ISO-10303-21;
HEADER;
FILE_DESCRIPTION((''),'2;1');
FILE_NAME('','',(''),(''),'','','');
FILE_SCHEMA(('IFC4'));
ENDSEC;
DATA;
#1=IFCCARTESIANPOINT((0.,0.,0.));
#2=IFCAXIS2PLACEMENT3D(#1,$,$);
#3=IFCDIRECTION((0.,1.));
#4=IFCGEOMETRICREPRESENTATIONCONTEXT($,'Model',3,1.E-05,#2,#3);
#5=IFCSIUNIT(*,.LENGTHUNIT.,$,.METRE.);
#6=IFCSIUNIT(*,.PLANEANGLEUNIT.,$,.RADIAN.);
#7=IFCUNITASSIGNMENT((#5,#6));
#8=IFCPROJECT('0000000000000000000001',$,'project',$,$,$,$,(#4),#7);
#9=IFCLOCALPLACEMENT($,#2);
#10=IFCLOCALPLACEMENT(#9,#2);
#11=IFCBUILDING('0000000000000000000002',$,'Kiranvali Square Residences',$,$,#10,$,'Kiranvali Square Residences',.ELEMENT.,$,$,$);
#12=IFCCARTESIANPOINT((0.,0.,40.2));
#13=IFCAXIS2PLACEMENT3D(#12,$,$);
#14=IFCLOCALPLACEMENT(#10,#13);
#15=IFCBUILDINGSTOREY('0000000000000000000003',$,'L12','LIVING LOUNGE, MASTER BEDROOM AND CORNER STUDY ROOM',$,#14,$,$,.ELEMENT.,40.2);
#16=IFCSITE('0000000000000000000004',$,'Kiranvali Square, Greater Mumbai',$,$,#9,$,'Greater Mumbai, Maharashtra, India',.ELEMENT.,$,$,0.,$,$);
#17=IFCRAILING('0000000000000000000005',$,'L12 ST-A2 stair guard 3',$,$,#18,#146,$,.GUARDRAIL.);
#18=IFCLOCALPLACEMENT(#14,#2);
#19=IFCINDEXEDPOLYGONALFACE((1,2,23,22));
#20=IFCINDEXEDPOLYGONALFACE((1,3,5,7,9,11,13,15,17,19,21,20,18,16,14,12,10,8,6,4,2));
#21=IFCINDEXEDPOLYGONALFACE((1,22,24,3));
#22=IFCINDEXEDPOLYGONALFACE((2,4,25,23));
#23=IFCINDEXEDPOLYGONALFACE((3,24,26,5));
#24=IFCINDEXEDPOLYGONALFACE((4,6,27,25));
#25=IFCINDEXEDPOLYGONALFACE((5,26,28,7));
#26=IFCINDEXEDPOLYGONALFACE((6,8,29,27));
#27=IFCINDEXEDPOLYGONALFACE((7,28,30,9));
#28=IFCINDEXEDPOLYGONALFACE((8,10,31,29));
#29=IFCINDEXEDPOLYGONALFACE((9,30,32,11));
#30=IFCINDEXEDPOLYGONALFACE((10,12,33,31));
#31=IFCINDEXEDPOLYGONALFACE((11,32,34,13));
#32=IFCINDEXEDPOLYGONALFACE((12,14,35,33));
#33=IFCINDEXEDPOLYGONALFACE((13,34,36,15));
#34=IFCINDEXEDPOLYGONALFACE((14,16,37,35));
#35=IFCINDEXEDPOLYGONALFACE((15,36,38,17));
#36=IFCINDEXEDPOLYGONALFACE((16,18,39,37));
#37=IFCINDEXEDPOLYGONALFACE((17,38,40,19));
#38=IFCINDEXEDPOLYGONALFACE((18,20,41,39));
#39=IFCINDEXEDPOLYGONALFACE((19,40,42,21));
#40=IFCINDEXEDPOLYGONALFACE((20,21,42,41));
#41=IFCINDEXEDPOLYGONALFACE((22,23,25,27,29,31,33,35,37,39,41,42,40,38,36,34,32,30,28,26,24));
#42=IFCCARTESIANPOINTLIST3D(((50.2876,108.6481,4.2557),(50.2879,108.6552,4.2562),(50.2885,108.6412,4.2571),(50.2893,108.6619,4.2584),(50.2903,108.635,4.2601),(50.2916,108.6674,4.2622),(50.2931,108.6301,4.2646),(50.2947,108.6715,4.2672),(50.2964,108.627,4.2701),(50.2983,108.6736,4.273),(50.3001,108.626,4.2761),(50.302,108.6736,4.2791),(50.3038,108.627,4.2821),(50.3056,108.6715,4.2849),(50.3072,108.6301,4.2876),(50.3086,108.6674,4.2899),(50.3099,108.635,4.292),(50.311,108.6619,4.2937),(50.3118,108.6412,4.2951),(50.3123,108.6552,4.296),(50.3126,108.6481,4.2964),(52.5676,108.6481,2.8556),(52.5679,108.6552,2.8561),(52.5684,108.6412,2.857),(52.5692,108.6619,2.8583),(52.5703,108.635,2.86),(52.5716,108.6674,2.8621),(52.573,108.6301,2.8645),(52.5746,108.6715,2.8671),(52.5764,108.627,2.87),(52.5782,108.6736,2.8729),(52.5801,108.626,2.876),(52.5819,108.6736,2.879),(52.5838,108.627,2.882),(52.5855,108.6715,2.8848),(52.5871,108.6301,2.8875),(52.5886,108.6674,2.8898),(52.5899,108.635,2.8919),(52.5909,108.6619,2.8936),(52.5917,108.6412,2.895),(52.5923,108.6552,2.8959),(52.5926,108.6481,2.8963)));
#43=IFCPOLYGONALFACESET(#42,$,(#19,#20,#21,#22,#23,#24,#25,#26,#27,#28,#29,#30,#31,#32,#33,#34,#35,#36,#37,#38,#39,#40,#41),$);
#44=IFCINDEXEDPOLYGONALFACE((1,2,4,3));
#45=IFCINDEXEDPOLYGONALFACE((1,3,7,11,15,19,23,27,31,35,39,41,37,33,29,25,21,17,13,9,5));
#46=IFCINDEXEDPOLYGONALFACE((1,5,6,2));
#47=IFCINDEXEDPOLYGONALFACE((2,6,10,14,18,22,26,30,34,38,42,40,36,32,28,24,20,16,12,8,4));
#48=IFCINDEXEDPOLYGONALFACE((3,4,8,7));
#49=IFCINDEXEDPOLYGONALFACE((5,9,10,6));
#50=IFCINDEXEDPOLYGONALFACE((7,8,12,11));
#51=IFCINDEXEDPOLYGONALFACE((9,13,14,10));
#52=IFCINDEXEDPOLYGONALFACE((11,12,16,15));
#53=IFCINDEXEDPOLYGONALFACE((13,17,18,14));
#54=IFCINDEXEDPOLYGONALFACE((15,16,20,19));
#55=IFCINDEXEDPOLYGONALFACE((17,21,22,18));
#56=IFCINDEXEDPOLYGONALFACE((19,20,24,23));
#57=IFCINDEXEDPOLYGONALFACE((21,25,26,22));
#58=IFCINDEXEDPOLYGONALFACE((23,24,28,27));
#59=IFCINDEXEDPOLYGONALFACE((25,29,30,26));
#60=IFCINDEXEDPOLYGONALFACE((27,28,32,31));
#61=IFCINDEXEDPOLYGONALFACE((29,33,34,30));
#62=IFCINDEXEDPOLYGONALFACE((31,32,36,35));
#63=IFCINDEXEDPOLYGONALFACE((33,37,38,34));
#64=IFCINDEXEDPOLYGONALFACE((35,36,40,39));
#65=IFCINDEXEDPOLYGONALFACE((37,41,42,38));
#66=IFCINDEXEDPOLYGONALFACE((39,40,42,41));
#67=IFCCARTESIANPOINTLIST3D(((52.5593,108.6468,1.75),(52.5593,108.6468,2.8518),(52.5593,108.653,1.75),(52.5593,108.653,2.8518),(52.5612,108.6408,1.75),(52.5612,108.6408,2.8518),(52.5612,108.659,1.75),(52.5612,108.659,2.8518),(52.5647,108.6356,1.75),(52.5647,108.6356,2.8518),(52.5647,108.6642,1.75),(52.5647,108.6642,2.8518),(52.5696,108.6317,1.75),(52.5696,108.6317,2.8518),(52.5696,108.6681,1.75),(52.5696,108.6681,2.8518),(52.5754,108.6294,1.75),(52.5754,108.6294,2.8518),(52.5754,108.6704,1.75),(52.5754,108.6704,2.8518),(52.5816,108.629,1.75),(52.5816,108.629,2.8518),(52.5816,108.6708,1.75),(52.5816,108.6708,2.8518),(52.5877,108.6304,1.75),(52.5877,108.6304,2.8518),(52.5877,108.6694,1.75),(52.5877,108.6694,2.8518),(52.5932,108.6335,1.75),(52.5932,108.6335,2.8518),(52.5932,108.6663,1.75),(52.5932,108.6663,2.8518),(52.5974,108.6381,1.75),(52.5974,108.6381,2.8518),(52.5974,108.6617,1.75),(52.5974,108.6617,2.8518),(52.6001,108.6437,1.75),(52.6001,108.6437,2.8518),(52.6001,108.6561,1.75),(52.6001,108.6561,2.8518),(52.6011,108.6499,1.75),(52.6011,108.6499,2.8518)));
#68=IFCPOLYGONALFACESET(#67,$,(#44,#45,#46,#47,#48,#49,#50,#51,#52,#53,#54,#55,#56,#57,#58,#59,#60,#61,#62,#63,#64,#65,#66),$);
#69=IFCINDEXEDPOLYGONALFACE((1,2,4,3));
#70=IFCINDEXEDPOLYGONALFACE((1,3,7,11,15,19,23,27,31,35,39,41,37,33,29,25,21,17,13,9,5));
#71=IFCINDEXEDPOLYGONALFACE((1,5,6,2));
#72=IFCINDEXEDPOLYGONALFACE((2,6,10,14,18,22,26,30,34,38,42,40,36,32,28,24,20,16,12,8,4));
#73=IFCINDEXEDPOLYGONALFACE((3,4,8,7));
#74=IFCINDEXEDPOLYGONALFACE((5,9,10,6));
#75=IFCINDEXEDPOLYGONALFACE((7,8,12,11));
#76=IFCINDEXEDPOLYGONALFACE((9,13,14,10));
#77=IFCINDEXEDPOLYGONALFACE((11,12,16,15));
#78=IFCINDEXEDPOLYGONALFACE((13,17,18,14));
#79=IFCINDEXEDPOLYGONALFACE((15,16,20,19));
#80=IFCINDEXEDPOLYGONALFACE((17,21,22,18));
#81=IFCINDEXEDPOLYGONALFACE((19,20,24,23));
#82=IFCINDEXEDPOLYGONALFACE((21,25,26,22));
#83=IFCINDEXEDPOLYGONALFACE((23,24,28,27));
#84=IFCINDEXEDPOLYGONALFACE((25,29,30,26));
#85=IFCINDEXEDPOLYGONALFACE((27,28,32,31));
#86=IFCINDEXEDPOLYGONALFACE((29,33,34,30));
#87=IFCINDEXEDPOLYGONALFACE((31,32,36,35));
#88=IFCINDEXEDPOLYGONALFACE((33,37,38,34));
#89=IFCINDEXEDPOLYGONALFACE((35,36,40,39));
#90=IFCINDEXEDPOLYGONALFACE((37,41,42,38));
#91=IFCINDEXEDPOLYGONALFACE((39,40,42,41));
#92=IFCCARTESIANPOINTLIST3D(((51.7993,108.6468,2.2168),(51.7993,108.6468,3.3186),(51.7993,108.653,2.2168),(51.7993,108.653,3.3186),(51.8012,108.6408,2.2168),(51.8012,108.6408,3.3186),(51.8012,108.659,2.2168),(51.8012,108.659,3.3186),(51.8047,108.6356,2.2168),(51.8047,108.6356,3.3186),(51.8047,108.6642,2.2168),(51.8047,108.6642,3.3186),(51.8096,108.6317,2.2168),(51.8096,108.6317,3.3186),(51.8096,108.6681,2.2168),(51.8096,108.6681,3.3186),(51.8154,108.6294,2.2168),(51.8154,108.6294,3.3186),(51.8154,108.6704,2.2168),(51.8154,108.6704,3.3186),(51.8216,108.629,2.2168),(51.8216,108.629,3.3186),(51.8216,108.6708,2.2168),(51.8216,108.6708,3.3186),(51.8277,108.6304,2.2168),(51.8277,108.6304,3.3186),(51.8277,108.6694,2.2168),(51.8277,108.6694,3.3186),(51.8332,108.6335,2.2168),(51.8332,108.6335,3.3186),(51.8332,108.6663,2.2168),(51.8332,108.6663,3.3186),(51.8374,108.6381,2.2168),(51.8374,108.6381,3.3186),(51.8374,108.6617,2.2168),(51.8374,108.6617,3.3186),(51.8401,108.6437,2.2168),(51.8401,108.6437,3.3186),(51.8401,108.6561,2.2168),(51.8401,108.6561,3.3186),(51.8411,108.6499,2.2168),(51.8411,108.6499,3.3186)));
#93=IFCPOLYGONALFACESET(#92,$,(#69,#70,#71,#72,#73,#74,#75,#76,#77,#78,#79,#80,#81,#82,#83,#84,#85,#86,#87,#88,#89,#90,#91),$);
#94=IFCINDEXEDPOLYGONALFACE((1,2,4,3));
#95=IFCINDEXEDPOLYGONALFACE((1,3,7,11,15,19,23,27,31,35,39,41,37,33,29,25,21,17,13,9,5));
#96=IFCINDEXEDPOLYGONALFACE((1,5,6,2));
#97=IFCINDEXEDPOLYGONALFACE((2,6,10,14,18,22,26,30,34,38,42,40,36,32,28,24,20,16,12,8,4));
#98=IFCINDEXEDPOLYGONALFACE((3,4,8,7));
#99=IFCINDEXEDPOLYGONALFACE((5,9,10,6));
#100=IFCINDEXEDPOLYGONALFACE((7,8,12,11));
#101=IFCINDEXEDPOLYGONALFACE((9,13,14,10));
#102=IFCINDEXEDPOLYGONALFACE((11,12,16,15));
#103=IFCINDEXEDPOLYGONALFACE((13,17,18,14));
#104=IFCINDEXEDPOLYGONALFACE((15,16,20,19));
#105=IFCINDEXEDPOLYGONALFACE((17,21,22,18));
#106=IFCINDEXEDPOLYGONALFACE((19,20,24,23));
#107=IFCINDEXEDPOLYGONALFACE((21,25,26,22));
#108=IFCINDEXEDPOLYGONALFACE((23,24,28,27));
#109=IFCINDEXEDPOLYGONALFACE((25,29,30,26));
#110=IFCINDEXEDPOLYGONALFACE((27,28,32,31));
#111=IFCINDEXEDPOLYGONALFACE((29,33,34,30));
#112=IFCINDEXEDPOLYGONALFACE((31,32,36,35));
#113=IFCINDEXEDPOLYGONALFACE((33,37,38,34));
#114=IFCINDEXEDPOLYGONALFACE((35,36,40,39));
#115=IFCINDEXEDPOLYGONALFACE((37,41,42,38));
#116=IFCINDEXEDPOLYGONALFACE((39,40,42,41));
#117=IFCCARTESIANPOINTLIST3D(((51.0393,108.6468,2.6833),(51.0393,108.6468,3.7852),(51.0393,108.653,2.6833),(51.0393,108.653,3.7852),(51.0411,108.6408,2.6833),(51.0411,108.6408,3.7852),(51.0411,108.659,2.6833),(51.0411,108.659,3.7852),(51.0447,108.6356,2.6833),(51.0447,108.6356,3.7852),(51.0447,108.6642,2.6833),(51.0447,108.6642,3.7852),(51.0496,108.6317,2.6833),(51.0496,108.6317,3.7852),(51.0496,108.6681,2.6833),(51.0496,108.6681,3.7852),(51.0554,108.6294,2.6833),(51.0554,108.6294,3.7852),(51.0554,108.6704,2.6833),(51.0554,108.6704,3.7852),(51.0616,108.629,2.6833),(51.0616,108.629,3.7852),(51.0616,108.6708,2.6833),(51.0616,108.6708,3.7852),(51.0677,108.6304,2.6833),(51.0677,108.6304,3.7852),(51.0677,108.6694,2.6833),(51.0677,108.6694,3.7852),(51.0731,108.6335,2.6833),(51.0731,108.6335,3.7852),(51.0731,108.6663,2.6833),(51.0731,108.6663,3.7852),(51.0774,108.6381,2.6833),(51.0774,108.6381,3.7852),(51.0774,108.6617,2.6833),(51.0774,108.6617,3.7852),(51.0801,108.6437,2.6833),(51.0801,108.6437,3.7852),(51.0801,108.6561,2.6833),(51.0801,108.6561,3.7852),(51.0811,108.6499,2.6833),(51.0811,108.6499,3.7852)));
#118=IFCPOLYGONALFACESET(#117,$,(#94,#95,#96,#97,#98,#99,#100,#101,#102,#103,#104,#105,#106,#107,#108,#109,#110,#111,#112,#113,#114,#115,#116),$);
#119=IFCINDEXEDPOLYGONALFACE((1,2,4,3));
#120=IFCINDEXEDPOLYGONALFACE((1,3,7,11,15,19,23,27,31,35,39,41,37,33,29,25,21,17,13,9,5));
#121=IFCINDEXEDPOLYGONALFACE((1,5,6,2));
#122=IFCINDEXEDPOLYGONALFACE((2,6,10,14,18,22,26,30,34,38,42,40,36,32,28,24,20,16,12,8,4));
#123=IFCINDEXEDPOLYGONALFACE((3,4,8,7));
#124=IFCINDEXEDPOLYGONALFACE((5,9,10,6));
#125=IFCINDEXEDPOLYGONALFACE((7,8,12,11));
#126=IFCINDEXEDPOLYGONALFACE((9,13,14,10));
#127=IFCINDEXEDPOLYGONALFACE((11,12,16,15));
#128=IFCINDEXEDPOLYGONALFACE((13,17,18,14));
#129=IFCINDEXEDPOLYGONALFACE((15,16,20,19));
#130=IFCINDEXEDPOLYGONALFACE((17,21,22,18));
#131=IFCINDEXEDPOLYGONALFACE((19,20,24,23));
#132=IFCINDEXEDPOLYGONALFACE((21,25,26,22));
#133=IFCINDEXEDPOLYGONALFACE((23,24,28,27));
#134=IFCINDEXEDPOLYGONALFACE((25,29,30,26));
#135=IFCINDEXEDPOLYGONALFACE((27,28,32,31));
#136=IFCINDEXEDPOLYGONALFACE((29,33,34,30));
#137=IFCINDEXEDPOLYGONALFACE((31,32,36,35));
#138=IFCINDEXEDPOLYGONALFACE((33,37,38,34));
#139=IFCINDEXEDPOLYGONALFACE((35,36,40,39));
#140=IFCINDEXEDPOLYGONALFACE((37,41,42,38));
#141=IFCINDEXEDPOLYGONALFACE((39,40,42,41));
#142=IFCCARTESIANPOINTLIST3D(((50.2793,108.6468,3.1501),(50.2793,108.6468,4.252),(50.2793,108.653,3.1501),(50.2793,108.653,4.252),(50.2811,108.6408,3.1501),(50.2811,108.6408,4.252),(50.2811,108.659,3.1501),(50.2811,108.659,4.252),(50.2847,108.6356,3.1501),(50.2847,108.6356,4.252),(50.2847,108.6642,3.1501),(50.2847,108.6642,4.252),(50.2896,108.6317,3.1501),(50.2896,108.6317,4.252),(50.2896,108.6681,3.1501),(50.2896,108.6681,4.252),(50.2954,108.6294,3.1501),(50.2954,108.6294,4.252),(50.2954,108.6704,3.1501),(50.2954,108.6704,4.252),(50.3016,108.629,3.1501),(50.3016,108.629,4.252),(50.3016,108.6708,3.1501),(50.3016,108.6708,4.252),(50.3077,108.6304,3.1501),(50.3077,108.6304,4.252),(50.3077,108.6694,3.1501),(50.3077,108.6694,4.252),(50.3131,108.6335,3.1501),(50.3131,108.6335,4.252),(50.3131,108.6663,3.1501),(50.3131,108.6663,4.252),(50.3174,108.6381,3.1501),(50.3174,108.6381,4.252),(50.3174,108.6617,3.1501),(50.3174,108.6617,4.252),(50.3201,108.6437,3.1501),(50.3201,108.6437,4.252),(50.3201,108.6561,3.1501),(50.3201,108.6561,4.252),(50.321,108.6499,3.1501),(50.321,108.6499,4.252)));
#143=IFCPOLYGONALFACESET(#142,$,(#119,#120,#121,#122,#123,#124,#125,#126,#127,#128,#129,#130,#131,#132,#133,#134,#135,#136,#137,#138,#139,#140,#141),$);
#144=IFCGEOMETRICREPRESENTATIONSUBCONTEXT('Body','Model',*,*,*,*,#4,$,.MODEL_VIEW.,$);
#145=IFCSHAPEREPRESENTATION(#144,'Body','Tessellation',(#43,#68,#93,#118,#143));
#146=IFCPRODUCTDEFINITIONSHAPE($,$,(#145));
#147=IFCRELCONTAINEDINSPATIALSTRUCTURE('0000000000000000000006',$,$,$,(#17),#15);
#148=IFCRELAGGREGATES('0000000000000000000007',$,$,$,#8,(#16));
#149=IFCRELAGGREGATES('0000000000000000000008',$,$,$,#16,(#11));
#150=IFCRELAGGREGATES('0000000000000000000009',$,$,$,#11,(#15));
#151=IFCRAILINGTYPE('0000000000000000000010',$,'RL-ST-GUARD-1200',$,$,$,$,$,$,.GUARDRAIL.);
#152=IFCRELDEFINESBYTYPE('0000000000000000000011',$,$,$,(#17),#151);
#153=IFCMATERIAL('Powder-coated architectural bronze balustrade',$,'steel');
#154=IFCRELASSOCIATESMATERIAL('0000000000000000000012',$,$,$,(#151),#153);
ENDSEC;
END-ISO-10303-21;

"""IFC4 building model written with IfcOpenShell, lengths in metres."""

from ifc_helpers import new_model, si_unit, direction, frame, origin, origin_2d, place, context, subcontext, project, spatial, circle, extrude, material, type_object, element, save


model = new_model("IFC4")

# Units and contexts
model_context = context("Model", 3, precision=1e-05, world=origin(), true_north=direction((0.0, 1.0)))
body_context = subcontext(model_context, "Body", "Model", "MODEL_VIEW")
ifc_project = project(units=[si_unit("LENGTHUNIT", "METRE"), si_unit("PLANEANGLEUNIT", "RADIAN")], contexts=[model_context])

# Site, building, storey
site_placement = place(None, origin())
site = spatial("IfcSite", under=ifc_project, at=site_placement, Name="Kiranvali Square, Greater Mumbai", LongName="Greater Mumbai, Maharashtra, India", CompositionType="ELEMENT", RefElevation=0.0)
building_placement = place(site_placement, origin())
building = spatial("IfcBuilding", under=site, at=building_placement, Name="Kiranvali Square Residences", LongName="Kiranvali Square Residences", CompositionType="ELEMENT")
storey_placement = place(building_placement, frame((0.0, 0.0, 40.2)))
storey = spatial("IfcBuildingStorey", under=building, at=storey_placement, Name="L12", Description="LIVING LOUNGE, MASTER BEDROOM AND CORNER STUDY ROOM", CompositionType="ELEMENT", Elevation=40.2)

# Railing
ifc_material_1 = material(Name="Powder-coated architectural bronze balustrade", Category="steel")
railing_type_1 = type_object("IfcRailingType", Name="RL-ST-GUARD-1200", PredefinedType="GUARDRAIL", material=ifc_material_1)
railing_1_placement = place(storey_placement, frame((52.5801, 108.6499, 1.75)))
element("IfcRailing", 1, at=railing_1_placement, inside=storey, type_object=railing_type_1, Name="L12 ST-A2 stair guard 3", PredefinedType="GUARDRAIL", context=body_context, shape_type="SweptSolid", body=[
    extrude(circle(Radius=0.0239, at=origin_2d()), frame((0.0, 0.0, 1.126), z_axis=(-0.85215, 0.0, 0.523298), x_axis=(0.0, -1.0, 0.0)), (0.0, 0.0, 1.0), 2.6755),
    extrude(circle(Radius=0.021, at=origin_2d()), origin(), (0.0, 0.0, 1.0), 1.1018),
    extrude(circle(Radius=0.021, at=origin_2d()), frame((-0.76, 0.0, 0.4668)), (0.0, 0.0, 1.0), 1.1018),
    extrude(circle(Radius=0.021, at=origin_2d()), frame((-1.52, 0.0, 0.9333)), (0.0, 0.0, 1.0), 1.1018),
    extrude(circle(Radius=0.021, at=origin_2d()), frame((-2.28, 0.0, 1.4001)), (0.0, 0.0, 1.0), 1.1018),
])

save(model, "model.ifc")
